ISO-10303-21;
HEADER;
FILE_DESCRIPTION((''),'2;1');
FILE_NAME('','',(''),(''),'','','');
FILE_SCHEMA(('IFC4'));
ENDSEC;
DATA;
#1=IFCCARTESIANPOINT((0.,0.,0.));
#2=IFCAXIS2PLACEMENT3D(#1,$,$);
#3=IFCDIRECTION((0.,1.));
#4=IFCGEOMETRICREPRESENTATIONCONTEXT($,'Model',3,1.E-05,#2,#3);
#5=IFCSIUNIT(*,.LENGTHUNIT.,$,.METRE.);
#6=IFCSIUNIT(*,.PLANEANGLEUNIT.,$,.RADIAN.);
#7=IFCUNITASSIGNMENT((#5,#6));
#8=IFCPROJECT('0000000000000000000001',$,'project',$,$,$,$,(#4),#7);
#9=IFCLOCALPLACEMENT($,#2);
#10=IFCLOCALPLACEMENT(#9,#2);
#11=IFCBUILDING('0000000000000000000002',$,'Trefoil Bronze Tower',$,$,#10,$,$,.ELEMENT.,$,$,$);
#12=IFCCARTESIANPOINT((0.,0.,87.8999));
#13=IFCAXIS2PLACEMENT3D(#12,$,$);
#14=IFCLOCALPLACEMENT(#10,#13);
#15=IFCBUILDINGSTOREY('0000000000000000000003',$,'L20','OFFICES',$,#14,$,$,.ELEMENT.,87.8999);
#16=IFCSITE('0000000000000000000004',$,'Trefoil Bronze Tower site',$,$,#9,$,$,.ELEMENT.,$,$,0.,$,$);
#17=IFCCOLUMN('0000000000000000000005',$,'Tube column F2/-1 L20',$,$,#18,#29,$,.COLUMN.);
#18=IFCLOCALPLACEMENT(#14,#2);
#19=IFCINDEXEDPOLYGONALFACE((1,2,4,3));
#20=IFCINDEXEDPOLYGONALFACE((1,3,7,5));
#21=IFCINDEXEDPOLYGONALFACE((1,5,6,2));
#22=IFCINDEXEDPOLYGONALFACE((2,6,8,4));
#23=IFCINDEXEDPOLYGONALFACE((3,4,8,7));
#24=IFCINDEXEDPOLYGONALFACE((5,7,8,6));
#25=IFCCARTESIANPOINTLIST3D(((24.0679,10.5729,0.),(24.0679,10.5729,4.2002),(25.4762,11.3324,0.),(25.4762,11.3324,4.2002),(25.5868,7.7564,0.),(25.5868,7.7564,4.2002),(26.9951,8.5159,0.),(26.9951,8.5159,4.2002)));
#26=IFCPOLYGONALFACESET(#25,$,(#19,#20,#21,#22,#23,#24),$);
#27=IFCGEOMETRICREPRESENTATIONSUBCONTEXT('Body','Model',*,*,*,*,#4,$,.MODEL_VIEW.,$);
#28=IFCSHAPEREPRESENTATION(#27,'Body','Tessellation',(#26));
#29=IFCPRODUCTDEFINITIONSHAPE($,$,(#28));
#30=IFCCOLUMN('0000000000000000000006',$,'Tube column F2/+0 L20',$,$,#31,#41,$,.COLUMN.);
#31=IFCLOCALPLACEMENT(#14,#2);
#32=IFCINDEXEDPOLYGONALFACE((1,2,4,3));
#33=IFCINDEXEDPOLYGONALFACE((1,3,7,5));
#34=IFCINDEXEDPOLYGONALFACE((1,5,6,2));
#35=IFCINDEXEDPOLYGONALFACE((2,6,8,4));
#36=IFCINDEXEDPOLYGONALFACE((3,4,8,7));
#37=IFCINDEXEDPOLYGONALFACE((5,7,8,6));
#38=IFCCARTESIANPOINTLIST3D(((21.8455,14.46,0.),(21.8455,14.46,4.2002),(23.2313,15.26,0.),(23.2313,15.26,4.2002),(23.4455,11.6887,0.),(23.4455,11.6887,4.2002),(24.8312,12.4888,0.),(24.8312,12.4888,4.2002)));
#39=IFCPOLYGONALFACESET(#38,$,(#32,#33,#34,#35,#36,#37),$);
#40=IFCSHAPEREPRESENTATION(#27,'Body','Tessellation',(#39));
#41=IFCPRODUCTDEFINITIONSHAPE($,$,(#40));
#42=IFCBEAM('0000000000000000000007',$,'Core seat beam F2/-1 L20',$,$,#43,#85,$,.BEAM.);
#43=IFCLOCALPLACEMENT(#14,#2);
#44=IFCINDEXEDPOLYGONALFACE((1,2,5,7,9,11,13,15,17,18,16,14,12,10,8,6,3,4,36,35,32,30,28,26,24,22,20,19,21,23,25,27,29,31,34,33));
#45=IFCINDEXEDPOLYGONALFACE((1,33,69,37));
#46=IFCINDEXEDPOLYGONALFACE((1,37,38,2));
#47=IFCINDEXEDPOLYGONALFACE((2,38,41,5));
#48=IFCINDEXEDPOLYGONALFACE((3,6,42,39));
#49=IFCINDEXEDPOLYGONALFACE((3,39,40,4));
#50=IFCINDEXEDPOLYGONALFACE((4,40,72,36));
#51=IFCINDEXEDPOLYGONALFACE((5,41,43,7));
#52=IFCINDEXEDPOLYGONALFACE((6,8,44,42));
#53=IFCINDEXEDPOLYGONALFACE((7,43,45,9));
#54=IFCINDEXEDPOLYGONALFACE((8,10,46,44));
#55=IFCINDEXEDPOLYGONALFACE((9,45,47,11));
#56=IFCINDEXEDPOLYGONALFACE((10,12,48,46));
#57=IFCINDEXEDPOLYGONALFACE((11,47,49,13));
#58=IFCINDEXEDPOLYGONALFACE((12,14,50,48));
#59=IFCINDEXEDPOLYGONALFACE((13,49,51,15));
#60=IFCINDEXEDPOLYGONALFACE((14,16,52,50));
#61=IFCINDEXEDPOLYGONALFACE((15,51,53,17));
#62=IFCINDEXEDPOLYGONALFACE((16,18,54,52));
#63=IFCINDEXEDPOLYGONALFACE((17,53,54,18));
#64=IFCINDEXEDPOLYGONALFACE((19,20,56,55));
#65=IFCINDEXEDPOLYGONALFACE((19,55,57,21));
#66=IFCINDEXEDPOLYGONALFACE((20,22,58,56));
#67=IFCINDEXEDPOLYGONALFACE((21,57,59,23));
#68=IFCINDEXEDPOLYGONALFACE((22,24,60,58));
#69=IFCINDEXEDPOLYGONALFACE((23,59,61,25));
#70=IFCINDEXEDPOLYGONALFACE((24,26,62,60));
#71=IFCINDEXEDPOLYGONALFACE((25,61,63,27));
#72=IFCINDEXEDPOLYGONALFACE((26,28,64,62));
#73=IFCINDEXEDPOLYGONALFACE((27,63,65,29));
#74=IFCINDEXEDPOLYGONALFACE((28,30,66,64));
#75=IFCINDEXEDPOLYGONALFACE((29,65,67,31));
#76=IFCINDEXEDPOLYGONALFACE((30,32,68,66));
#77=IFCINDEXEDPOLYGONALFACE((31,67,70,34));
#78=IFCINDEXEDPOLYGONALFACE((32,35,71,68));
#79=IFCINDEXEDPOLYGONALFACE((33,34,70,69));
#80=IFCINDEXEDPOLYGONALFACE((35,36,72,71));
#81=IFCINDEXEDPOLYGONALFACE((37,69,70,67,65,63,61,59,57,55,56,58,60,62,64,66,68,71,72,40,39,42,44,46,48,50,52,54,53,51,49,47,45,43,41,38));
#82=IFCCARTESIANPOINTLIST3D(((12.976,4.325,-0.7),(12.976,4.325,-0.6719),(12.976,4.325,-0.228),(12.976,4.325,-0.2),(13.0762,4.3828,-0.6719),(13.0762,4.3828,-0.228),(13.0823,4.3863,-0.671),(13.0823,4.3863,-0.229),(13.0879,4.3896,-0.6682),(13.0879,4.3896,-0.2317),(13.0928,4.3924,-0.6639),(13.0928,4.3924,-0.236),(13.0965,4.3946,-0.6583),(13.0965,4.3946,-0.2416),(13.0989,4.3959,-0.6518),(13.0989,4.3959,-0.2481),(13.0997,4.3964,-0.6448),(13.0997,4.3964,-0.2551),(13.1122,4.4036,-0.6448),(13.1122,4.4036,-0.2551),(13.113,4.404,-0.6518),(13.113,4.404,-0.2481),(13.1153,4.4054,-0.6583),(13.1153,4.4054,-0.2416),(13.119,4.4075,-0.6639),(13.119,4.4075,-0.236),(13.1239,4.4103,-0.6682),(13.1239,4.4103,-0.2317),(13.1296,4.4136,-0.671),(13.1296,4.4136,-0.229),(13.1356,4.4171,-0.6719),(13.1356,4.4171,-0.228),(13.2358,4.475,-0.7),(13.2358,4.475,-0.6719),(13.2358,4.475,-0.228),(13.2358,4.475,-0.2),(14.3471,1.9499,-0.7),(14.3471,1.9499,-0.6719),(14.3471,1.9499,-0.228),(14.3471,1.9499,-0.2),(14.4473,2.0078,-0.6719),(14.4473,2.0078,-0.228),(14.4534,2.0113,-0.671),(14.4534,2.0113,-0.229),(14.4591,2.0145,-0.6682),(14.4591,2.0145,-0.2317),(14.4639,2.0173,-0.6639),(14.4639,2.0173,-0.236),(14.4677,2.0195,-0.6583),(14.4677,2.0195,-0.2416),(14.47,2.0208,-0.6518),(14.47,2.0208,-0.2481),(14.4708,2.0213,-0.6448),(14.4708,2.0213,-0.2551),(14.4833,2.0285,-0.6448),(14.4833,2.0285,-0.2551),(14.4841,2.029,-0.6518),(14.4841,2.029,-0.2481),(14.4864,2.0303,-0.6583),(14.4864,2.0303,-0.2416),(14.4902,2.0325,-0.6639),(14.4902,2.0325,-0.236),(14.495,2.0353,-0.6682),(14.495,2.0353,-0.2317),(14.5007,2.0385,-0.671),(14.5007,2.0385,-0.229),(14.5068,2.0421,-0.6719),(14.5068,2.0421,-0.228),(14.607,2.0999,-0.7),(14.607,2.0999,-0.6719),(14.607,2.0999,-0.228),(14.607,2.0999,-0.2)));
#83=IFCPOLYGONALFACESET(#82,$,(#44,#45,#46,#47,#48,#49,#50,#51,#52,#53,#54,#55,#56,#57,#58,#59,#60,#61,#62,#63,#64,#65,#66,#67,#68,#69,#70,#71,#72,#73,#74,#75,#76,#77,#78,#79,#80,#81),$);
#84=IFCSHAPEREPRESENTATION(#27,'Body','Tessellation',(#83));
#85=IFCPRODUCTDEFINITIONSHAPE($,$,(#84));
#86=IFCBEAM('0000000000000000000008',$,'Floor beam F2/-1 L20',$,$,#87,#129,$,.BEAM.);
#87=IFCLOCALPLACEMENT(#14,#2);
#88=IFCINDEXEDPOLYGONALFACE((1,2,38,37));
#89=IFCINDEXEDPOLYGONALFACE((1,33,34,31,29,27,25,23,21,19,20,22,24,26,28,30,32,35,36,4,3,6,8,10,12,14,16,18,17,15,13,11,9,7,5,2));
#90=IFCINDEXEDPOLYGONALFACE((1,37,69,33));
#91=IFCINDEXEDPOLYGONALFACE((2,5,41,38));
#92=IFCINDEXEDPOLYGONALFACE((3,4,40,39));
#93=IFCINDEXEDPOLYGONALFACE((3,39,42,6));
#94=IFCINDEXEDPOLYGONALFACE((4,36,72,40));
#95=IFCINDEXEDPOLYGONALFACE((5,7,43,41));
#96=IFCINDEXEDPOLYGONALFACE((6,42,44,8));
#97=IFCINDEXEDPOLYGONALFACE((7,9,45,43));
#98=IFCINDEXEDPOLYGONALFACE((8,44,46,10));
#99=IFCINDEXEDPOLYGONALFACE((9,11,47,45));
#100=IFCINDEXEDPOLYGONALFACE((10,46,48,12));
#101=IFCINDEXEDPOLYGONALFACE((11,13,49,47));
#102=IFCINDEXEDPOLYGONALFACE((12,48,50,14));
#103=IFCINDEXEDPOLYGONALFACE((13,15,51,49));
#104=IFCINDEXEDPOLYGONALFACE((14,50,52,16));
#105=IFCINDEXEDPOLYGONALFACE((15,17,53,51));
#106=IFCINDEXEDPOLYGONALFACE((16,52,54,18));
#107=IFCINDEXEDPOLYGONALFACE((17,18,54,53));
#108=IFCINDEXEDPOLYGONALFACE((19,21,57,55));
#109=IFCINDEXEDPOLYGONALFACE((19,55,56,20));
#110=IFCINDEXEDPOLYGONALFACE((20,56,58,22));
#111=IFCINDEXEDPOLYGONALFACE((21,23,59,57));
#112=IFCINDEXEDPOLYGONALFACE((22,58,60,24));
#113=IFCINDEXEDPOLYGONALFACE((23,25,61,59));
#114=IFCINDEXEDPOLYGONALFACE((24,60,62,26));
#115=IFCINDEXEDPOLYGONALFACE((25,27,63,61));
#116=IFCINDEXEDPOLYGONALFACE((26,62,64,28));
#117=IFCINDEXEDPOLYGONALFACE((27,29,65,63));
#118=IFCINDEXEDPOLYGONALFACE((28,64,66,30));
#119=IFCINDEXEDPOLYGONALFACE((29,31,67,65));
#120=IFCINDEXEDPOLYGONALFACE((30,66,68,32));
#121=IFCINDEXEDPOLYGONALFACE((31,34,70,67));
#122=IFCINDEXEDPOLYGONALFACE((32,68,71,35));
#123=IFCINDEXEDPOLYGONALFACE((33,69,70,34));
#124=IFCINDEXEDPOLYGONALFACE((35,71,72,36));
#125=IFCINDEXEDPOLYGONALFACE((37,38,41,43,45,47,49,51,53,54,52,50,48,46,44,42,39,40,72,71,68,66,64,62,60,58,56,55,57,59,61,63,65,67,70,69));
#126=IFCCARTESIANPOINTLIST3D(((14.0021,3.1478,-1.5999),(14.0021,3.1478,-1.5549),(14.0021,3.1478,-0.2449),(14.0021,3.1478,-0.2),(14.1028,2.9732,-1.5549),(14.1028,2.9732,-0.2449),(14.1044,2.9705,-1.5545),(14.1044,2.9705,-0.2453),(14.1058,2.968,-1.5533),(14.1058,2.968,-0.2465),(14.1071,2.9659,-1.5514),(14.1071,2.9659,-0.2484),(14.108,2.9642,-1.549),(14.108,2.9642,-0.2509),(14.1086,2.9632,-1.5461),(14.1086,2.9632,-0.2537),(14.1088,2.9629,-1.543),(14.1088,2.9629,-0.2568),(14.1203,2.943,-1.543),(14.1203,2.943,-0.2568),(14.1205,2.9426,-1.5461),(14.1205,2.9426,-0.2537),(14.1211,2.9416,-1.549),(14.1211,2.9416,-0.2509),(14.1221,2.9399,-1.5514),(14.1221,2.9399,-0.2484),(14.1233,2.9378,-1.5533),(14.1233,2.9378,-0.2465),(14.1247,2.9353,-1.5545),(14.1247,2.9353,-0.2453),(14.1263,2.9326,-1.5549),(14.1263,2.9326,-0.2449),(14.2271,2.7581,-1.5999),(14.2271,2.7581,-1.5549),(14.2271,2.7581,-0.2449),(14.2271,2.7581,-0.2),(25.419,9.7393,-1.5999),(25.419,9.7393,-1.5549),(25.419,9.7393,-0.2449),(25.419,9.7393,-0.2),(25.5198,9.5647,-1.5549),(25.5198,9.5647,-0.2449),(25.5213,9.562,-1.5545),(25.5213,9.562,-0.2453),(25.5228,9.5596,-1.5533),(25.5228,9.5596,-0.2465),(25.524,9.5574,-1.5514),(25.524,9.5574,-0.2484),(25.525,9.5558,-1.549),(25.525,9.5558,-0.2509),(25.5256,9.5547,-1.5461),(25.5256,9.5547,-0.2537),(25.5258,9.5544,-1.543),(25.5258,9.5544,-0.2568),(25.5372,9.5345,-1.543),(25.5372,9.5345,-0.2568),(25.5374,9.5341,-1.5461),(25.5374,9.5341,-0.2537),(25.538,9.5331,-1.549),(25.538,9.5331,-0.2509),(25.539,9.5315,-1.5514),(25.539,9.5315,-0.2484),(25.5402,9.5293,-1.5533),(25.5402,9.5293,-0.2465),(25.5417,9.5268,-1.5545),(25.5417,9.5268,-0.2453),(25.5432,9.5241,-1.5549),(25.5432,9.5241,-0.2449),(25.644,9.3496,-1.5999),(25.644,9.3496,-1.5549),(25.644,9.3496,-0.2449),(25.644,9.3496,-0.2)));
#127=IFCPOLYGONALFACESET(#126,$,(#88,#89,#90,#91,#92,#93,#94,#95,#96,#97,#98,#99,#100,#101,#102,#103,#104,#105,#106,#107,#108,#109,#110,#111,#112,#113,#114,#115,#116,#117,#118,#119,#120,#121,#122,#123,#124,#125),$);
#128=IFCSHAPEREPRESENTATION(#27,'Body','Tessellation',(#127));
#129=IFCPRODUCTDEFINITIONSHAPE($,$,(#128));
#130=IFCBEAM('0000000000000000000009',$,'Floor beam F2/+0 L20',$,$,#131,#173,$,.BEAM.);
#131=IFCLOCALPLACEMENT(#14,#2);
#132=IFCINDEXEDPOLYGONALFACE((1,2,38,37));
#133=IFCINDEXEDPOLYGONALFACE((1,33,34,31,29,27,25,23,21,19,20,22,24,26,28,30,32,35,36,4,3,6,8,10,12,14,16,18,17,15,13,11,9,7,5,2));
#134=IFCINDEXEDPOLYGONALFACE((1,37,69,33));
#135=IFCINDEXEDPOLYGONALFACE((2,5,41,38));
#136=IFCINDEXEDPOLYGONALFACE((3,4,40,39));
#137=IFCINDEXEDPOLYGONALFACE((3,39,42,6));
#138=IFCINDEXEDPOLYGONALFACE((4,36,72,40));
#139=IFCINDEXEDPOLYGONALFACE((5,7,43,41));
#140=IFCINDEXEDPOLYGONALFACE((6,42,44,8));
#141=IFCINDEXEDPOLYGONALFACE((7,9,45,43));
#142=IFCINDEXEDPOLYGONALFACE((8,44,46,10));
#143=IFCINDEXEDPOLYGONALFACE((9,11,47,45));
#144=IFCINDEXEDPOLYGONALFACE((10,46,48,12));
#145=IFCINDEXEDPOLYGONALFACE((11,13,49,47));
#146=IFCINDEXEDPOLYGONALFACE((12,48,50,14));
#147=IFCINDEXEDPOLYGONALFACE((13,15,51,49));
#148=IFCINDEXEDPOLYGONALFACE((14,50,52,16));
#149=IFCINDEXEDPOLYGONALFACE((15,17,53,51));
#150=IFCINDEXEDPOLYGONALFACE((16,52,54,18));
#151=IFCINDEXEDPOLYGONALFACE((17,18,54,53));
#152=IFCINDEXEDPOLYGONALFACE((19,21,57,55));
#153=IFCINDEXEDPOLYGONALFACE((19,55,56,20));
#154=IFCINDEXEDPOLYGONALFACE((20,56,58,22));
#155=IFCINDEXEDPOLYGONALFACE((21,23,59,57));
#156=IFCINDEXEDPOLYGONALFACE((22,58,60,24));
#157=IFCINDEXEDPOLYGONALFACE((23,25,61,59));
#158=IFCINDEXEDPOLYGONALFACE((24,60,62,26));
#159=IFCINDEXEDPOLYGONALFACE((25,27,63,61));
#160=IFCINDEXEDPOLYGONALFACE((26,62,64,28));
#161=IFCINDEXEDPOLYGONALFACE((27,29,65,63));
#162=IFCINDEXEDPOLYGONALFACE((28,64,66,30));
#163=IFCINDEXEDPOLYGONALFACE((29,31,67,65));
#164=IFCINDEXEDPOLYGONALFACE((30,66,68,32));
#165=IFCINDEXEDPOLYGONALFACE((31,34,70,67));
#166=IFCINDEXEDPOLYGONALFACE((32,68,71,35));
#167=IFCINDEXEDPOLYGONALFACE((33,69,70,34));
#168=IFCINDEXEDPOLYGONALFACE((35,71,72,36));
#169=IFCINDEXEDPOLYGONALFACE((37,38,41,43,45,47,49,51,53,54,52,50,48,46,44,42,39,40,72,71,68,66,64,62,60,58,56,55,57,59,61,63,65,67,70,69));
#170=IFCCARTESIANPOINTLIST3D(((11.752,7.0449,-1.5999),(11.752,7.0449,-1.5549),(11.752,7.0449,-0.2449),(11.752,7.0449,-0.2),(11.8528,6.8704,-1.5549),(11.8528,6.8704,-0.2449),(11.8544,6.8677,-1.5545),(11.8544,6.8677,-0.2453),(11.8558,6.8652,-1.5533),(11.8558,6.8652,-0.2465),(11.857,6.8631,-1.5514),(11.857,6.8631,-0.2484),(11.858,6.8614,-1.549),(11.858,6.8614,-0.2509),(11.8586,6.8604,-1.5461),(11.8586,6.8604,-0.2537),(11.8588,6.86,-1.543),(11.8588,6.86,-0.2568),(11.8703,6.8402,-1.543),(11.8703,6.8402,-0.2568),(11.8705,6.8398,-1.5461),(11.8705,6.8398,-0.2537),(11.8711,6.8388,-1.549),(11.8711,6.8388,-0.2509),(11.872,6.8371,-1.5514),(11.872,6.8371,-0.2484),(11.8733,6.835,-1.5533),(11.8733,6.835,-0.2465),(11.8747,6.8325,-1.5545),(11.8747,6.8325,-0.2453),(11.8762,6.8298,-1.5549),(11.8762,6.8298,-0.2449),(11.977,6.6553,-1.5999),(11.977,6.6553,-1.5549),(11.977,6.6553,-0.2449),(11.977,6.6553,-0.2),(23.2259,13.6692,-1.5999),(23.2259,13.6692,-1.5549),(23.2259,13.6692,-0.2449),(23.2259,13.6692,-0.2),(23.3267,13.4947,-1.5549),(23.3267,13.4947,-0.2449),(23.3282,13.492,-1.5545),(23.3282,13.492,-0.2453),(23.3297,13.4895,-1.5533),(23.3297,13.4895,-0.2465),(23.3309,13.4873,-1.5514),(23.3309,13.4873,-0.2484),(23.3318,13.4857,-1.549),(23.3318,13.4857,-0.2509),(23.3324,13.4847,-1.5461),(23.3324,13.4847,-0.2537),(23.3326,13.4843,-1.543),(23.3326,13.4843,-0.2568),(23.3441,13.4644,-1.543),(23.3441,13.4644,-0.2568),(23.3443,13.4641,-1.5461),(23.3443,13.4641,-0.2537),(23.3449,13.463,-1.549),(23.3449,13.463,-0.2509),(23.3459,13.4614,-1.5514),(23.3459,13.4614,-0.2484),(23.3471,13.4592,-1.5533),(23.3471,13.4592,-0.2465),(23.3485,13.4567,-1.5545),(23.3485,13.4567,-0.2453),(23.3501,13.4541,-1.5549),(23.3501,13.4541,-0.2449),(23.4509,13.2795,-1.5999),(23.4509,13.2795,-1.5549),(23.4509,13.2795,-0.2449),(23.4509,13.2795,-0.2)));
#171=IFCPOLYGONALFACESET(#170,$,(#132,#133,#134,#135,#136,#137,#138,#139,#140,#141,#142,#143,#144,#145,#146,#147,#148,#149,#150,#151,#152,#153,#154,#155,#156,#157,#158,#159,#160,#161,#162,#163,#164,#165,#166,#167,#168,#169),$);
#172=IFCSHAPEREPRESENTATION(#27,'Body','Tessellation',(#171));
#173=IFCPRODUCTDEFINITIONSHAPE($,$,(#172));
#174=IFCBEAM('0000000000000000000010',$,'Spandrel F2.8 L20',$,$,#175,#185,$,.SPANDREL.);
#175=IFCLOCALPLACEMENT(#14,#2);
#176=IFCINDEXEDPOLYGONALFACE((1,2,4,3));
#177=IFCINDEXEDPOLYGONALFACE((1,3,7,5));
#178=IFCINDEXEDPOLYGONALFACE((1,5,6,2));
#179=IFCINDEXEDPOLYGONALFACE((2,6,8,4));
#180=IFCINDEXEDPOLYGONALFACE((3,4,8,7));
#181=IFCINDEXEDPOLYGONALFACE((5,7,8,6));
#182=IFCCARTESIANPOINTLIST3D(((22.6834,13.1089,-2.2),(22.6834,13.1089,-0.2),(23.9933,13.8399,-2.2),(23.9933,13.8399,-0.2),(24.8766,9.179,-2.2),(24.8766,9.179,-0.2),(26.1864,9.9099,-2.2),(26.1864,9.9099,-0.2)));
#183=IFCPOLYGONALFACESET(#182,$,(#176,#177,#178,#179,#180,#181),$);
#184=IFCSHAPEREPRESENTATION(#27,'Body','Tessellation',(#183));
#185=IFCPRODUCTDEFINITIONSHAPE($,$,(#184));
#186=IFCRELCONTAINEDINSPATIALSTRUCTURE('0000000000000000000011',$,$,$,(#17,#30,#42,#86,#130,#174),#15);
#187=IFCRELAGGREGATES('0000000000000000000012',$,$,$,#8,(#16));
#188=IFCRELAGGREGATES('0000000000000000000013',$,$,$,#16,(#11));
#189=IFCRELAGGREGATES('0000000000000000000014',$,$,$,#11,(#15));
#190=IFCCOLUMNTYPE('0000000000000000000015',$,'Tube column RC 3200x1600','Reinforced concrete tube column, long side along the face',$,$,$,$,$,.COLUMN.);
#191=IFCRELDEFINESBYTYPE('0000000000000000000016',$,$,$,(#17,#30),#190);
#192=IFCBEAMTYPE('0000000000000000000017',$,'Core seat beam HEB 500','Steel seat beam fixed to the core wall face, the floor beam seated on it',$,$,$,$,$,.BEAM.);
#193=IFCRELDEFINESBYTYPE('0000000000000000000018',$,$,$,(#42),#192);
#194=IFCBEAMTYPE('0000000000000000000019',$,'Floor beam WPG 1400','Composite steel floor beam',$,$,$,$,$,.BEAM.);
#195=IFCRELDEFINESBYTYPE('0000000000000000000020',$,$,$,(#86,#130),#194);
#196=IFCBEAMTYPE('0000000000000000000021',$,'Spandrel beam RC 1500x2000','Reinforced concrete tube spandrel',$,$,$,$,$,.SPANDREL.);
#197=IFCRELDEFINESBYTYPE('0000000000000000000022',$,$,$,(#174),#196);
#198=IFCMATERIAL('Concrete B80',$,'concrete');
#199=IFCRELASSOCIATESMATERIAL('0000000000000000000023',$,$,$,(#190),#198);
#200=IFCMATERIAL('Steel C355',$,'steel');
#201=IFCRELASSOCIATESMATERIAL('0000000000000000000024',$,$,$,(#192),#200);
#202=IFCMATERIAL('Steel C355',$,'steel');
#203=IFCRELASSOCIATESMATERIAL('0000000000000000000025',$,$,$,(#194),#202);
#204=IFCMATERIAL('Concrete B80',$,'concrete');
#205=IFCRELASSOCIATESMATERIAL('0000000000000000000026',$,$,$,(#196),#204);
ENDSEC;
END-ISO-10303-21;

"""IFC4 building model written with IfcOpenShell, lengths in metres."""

from ifc_helpers import new_model, si_unit, direction, frame, origin, origin_2d, place, context, subcontext, project, spatial, rectangle, i_section, extrude, material, material_profile, profile_set, type_object, element, save


model = new_model("IFC4")

# Units and contexts
model_context = context("Model", 3, precision=1e-05, world=origin(), true_north=direction((0.0, 1.0)))
body_context = subcontext(model_context, "Body", "Model", "MODEL_VIEW")
ifc_project = project(units=[si_unit("LENGTHUNIT", "METRE"), si_unit("PLANEANGLEUNIT", "RADIAN")], contexts=[model_context])

# Site, building, storey
site_placement = place(None, origin())
site = spatial("IfcSite", under=ifc_project, at=site_placement, Name="Trefoil Bronze Tower site", CompositionType="ELEMENT", RefElevation=0.0)
building_placement = place(site_placement, origin())
building = spatial("IfcBuilding", under=site, at=building_placement, Name="Trefoil Bronze Tower", CompositionType="ELEMENT")
storey_placement = place(building_placement, frame((0.0, 0.0, 87.8999)))
storey = spatial("IfcBuildingStorey", under=building, at=storey_placement, Name="L20", Description="OFFICES", CompositionType="ELEMENT", Elevation=87.8999)

# Columns
ifc_material_1 = material(Name="Concrete B80", Category="concrete")
ifc_material_profile_1 = material_profile(ifc_material_1, rectangle(XDim=3.2, YDim=1.6001, at=origin_2d()), Name="RC 3200x1600")
ifc_profile_set_1 = profile_set([ifc_material_profile_1], Name="Concrete B80")
column_type = type_object("IfcColumnType", Name="Tube column RC 3200x1600", Description="Reinforced concrete tube column, long side along the face", PredefinedType="COLUMN", material=ifc_profile_set_1)
for number, where, z_axis, x_axis, name in (
    (1, (25.5315, 9.5444, 0.0), (0.0, 0.0, 1.0), (-0.474656, 0.880171, 0.0), "Tube column F2/-1 L20"),
    (2, (23.3384, 13.4744, 0.0), (0.0, 0.0, 1.0), (-0.5, 0.866025, 0.0), "Tube column F2/+0 L20"),
):
    element("IfcColumn", number, at=place(storey_placement, frame(where, z_axis=z_axis, x_axis=x_axis)), inside=storey, type_object=column_type, Name=name, PredefinedType="COLUMN", context=body_context, shape_type="SweptSolid", body=[
        extrude(rectangle(XDim=3.2, YDim=1.6001, at=origin_2d()), origin(), (0.0, 0.0, 1.0), 4.2002),
    ])

# Beams
ifc_material_2 = material(Name="Steel C355", Category="steel")
ifc_material_profile_2 = material_profile(ifc_material_2, i_section(OverallWidth=0.3, OverallDepth=0.5, WebThickness=0.0144, FlangeThickness=0.0281, FilletRadius=0.0271, at=origin_2d()), Name="HEB 500")
ifc_profile_set_2 = profile_set([ifc_material_profile_2], Name="Steel C355")
beam_type_1 = type_object("IfcBeamType", Name="Core seat beam HEB 500", Description="Steel seat beam fixed to the core wall face, the floor beam seated on it", PredefinedType="BEAM", material=ifc_profile_set_2)
beam_1_placement = place(storey_placement, frame((14.4771, 2.0249, -0.45), z_axis=(-0.499969, 0.866043, 0.0), x_axis=(-0.866043, -0.499969, 0.0)))
element("IfcBeam", 3, at=beam_1_placement, inside=storey, type_object=beam_type_1, Name="Core seat beam F2/-1 L20", PredefinedType="BEAM", context=body_context, shape_type="SweptSolid", body=[
    extrude(i_section(OverallWidth=0.3, OverallDepth=0.5, WebThickness=0.0144, FlangeThickness=0.0281, FilletRadius=0.0271, at=origin_2d()), origin(), (0.0, 0.0, 1.0), 2.7424),
])
ifc_material_3 = material(Name="Steel C355", Category="steel")
ifc_material_profile_3 = material_profile(ifc_material_3, i_section(OverallWidth=0.45, OverallDepth=1.3999, WebThickness=0.0229, FlangeThickness=0.0449, FilletRadius=0.012, at=origin_2d()), Name="WPG 1400")
ifc_profile_set_3 = profile_set([ifc_material_profile_3], Name="Steel C355")
beam_type_2 = type_object("IfcBeamType", Name="Floor beam WPG 1400", Description="Composite steel floor beam", PredefinedType="BEAM", material=ifc_profile_set_3)
beam_2_placement = place(storey_placement, frame((25.5315, 9.5444, -0.8999), z_axis=(-0.866027, -0.499997, 0.0), x_axis=(0.499997, -0.866027, 0.0)))
element("IfcBeam", 4, at=beam_2_placement, inside=storey, type_object=beam_type_2, Name="Floor beam F2/-1 L20", PredefinedType="BEAM", context=body_context, shape_type="SweptSolid", body=[
    extrude(i_section(OverallWidth=0.45, OverallDepth=1.3999, WebThickness=0.0229, FlangeThickness=0.0449, FilletRadius=0.012, at=origin_2d()), origin(), (0.0, 0.0, 1.0), 13.1831),
])
beam_3_placement = place(storey_placement, frame((23.3384, 13.4744, -0.8999), z_axis=(-0.866031, -0.49999, 0.0), x_axis=(0.49999, -0.866031, 0.0)))
element("IfcBeam", 5, at=beam_3_placement, inside=storey, type_object=beam_type_2, Name="Floor beam F2/+0 L20", PredefinedType="BEAM", context=body_context, shape_type="SweptSolid", body=[
    extrude(i_section(OverallWidth=0.45, OverallDepth=1.3999, WebThickness=0.0229, FlangeThickness=0.0449, FilletRadius=0.012, at=origin_2d()), origin(), (0.0, 0.0, 1.0), 13.2488),
])
ifc_material_4 = material(Name="Concrete B80", Category="concrete")
ifc_material_profile_4 = material_profile(ifc_material_4, rectangle(XDim=1.5, YDim=2.0, at=origin_2d()), Name="RC 1500x2000")
ifc_profile_set_4 = profile_set([ifc_material_profile_4], Name="Concrete B80")
beam_type_3 = type_object("IfcBeamType", Name="Spandrel beam RC 1500x2000", Description="Reinforced concrete tube spandrel", PredefinedType="SPANDREL", material=ifc_profile_set_4)
for number, where, z_axis, x_axis, name in (
    (6, (25.5315, 9.5444, -1.2), (-0.487309, 0.873229, 0.0), (-0.873229, -0.487309, 0.0), "Spandrel F2.8 L20"),
):
    element("IfcBeam", number, at=place(storey_placement, frame(where, z_axis=z_axis, x_axis=x_axis)), inside=storey, type_object=beam_type_3, Name=name, PredefinedType="SPANDREL", context=body_context, shape_type="SweptSolid", body=[
        extrude(rectangle(XDim=1.5, YDim=2.0, at=origin_2d()), origin(), (0.0, 0.0, 1.0), 4.5005),
    ])

save(model, "model.ifc")
